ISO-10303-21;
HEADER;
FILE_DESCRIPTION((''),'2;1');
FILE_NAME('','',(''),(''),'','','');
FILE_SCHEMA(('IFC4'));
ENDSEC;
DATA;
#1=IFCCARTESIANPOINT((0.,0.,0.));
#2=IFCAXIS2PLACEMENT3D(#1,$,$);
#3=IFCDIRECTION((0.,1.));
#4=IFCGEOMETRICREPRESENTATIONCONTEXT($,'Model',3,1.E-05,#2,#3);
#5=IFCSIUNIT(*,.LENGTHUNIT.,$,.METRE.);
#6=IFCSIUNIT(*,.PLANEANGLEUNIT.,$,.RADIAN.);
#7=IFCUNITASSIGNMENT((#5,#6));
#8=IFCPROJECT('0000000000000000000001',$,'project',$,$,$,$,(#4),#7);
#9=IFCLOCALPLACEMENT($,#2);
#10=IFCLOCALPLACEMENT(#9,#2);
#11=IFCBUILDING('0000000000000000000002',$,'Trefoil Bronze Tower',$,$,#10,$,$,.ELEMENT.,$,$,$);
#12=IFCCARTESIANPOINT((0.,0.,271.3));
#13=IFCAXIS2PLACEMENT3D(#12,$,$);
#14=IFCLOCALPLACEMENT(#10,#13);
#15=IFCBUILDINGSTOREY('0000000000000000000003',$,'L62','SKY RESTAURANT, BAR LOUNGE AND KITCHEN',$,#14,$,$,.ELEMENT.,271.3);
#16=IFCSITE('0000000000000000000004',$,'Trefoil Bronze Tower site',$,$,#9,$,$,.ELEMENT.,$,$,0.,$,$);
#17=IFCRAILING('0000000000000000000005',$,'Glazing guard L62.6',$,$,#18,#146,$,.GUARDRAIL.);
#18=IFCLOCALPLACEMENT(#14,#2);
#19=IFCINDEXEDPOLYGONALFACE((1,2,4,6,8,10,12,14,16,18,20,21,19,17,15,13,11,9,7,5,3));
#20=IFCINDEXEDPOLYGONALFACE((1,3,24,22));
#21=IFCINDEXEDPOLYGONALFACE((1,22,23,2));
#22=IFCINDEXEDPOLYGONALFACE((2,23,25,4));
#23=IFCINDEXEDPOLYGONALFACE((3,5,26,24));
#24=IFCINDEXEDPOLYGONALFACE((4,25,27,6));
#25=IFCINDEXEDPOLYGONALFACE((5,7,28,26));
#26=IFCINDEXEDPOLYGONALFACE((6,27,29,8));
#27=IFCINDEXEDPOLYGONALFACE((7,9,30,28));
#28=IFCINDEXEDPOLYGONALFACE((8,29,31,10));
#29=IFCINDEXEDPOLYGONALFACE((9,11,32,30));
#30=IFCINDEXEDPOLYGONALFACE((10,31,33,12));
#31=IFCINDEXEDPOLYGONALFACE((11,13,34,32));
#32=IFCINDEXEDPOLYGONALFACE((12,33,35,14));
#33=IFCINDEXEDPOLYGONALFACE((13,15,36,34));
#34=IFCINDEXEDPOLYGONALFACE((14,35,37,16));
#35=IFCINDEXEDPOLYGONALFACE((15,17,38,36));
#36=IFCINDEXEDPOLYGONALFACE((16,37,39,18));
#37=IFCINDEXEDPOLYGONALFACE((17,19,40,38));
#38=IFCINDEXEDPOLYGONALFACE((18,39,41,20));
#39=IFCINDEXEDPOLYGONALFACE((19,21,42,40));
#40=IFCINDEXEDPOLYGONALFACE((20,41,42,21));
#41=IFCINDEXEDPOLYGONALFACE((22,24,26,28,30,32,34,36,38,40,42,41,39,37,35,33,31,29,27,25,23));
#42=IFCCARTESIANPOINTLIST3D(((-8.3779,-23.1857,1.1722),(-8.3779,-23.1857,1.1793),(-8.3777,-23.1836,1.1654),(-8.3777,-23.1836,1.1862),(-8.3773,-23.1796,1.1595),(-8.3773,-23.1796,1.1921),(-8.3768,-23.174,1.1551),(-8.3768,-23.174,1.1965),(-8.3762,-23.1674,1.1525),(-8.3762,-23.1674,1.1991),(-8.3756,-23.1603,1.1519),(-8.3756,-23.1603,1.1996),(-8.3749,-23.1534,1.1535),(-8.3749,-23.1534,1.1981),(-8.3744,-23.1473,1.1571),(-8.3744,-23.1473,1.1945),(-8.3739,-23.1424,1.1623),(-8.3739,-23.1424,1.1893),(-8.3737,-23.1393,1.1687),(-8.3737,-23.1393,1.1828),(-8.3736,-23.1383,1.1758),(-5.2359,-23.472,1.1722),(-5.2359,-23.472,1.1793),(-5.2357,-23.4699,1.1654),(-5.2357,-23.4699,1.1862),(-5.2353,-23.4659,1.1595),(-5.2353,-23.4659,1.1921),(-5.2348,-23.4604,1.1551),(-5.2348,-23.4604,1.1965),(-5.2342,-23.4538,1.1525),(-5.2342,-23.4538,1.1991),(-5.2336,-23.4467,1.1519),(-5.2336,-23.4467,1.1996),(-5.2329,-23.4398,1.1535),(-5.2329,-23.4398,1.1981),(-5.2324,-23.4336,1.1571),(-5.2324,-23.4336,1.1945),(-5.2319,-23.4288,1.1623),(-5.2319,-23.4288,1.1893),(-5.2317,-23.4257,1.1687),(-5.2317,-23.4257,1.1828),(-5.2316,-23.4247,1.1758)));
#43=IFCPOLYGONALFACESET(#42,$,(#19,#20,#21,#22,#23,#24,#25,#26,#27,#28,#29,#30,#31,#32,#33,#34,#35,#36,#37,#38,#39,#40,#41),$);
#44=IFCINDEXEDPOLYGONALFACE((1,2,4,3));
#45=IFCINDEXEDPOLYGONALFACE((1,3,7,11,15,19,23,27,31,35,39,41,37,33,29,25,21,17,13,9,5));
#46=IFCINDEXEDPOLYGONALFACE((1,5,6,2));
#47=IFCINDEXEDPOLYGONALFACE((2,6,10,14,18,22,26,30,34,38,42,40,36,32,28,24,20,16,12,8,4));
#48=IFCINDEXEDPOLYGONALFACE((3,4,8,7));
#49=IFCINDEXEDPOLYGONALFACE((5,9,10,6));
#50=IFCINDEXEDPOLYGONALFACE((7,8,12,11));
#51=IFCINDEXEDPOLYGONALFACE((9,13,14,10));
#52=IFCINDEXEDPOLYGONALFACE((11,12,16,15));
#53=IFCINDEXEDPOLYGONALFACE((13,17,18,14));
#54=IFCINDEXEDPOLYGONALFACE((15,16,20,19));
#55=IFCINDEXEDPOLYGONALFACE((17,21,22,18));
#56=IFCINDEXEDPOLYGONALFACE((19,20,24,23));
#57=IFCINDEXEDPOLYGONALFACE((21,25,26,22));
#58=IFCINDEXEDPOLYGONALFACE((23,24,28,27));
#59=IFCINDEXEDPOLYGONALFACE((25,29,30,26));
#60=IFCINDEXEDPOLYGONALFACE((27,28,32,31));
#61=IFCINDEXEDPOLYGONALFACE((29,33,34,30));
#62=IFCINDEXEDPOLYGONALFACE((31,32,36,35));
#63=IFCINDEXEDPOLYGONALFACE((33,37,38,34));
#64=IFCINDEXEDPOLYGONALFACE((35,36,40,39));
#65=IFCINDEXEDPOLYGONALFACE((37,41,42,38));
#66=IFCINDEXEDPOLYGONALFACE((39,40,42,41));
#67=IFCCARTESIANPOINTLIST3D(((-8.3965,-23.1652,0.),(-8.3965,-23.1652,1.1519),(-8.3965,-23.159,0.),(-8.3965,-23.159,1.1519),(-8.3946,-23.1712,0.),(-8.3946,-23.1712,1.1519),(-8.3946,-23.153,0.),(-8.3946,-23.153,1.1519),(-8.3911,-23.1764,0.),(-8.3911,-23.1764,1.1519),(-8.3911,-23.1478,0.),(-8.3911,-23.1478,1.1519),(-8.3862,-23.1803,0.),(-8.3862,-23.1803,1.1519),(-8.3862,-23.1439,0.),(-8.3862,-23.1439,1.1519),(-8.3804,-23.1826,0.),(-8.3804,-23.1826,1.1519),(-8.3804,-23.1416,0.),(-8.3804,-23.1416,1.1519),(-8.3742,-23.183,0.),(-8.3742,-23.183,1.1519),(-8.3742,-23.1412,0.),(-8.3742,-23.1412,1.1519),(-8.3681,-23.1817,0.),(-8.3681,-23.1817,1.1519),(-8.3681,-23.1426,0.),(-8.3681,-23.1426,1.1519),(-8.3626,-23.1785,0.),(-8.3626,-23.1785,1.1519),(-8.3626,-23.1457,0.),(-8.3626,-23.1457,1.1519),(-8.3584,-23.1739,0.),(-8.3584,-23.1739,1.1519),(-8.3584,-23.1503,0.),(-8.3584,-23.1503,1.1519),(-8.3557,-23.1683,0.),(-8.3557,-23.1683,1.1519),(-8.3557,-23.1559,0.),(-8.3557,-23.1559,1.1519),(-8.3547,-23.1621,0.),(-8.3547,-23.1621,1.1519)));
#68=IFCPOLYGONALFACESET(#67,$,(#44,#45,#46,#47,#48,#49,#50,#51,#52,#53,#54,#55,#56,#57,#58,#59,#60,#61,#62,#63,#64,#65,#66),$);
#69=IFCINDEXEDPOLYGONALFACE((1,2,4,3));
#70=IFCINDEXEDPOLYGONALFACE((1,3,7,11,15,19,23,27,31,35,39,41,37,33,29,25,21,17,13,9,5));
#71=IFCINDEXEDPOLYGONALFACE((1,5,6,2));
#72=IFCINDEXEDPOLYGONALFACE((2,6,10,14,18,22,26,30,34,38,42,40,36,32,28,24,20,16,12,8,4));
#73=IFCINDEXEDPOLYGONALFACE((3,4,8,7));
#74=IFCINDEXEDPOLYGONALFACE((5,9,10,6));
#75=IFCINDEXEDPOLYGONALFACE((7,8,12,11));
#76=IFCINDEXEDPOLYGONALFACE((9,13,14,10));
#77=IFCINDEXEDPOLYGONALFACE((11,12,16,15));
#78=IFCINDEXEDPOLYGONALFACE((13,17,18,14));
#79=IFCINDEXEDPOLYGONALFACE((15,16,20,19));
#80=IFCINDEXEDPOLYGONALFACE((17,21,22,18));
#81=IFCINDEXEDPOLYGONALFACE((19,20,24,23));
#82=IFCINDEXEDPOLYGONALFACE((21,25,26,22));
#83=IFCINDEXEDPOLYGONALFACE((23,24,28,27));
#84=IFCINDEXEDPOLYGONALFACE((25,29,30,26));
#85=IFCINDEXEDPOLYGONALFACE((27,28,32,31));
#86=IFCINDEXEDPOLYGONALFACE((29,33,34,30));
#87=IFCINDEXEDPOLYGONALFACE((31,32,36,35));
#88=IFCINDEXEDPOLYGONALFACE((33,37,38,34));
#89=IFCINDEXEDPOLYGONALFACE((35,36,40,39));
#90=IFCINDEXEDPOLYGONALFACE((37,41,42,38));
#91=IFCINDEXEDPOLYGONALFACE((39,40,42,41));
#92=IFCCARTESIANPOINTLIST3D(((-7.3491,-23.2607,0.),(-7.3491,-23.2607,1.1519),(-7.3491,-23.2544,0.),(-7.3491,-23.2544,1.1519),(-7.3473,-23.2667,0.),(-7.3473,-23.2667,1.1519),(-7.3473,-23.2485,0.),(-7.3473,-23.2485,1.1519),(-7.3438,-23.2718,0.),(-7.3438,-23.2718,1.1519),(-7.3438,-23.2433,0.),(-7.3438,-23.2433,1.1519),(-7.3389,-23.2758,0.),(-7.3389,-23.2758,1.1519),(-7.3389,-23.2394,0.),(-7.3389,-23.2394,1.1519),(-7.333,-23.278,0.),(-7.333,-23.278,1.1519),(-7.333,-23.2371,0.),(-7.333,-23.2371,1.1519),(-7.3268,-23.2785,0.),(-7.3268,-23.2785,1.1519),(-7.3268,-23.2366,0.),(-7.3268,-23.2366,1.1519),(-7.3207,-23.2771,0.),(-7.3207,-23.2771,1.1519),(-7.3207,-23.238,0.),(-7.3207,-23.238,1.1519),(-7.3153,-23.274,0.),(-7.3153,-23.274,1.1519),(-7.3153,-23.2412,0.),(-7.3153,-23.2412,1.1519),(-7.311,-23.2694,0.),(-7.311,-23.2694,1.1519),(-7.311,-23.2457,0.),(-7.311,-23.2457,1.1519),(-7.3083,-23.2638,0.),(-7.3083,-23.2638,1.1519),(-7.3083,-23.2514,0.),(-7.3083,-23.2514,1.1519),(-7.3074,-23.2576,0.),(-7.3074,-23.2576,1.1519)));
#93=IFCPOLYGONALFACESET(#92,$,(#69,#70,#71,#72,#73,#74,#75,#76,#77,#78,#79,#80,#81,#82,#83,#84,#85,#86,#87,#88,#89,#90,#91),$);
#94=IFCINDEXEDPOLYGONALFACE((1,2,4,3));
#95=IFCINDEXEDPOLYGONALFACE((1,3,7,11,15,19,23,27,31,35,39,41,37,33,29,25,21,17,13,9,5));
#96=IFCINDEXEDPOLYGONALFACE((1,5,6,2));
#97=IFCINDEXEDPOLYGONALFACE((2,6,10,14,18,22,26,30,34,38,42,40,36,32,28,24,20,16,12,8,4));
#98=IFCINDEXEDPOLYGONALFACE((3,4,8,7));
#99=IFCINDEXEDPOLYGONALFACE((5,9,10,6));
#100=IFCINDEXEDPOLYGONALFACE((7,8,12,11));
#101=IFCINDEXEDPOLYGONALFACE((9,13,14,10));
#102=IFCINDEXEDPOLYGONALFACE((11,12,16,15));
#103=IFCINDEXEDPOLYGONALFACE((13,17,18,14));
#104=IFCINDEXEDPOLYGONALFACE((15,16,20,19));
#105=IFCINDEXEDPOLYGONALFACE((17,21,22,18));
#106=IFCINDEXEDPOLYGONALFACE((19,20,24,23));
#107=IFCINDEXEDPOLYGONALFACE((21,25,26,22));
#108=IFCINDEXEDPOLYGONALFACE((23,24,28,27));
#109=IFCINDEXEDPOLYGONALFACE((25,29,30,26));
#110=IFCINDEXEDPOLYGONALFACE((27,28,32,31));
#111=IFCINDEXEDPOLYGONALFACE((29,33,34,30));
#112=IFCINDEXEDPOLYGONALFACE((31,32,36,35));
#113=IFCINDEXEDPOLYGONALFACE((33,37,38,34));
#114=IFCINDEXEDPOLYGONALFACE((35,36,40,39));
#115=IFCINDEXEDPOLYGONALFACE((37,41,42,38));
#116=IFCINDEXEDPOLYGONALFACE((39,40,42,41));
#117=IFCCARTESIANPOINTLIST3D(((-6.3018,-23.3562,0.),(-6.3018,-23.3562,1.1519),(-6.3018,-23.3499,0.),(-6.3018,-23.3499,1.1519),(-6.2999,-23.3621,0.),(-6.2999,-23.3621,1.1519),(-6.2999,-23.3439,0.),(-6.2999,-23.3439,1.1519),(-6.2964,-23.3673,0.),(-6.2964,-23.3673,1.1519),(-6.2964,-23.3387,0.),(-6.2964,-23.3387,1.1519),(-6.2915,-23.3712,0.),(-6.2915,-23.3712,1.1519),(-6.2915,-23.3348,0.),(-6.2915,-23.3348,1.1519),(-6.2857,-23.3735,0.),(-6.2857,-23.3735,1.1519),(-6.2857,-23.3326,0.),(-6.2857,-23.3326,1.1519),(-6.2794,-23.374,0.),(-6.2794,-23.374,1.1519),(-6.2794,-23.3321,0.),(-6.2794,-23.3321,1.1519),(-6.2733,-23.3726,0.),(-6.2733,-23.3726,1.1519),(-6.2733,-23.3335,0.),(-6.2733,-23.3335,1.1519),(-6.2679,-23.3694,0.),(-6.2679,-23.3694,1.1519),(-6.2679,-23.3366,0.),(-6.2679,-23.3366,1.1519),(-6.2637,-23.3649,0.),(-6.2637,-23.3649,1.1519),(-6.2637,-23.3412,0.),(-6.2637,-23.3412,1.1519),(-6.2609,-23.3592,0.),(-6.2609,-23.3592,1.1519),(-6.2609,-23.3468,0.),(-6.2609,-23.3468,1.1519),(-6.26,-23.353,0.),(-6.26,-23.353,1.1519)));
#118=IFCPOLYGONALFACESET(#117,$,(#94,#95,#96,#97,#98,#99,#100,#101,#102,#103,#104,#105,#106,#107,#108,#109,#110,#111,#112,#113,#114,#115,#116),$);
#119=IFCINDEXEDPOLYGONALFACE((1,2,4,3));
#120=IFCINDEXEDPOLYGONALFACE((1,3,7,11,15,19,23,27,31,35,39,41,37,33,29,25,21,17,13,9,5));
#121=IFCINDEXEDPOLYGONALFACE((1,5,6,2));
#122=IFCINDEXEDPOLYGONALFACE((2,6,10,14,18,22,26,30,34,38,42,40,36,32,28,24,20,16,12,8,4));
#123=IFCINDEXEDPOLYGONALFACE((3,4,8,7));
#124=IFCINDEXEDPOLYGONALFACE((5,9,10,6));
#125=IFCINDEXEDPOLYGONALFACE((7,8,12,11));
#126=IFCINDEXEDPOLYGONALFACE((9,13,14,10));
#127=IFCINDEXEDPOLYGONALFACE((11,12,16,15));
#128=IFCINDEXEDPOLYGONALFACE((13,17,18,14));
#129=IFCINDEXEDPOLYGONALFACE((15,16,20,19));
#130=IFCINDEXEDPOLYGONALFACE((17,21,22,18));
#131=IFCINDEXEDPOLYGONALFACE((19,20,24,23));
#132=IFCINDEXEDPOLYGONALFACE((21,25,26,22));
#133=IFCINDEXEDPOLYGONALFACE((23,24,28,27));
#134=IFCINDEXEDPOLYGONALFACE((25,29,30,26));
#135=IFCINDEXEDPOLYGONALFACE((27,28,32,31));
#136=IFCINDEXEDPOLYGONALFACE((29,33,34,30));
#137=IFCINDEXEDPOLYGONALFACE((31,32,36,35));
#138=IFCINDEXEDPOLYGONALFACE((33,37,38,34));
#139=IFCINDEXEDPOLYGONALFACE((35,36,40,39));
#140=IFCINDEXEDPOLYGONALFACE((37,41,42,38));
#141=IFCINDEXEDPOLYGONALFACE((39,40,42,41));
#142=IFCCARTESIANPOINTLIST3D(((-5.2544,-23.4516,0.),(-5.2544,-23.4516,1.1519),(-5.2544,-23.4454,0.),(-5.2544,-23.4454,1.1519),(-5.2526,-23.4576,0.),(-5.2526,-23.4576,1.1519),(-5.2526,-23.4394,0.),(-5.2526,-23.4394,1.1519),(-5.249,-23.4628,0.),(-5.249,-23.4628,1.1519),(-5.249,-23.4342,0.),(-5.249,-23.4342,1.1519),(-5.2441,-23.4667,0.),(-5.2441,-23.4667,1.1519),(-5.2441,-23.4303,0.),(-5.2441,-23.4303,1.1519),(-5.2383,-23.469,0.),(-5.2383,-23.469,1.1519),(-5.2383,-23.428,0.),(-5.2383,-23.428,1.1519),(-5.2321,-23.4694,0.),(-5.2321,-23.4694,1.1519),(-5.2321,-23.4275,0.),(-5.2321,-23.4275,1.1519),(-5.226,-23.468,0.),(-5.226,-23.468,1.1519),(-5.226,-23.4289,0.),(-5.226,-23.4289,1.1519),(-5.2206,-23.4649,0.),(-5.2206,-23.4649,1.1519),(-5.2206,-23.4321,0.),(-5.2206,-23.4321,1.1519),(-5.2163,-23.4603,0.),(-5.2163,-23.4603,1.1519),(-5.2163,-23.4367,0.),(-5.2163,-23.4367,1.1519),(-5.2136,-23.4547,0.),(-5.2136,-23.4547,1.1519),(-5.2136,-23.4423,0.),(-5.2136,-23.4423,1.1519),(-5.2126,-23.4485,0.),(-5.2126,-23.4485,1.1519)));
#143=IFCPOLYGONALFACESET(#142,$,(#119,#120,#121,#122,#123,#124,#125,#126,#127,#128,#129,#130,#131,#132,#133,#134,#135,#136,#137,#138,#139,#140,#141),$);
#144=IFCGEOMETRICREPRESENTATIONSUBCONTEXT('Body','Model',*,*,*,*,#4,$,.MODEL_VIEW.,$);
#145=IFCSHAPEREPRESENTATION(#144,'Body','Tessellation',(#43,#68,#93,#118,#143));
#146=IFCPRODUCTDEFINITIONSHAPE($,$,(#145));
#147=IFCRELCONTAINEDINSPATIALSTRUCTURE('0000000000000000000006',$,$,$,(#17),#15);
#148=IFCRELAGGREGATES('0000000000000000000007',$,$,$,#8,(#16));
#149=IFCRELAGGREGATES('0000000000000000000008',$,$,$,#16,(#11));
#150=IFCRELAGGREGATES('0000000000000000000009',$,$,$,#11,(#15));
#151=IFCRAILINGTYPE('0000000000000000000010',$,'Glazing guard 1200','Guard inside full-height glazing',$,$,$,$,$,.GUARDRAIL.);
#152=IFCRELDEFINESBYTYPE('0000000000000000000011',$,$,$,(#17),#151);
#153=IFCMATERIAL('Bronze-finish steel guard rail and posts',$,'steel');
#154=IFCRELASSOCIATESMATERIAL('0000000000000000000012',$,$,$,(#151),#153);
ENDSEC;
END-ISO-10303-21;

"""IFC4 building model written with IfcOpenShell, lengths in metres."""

from ifc_helpers import new_model, si_unit, direction, frame, origin, origin_2d, place, context, subcontext, project, spatial, circle, extrude, material, type_object, element, save


model = new_model("IFC4")

# Units and contexts
model_context = context("Model", 3, precision=1e-05, world=origin(), true_north=direction((0.0, 1.0)))
body_context = subcontext(model_context, "Body", "Model", "MODEL_VIEW")
ifc_project = project(units=[si_unit("LENGTHUNIT", "METRE"), si_unit("PLANEANGLEUNIT", "RADIAN")], contexts=[model_context])

# Site, building, storey
site_placement = place(None, origin())
site = spatial("IfcSite", under=ifc_project, at=site_placement, Name="Trefoil Bronze Tower site", CompositionType="ELEMENT", RefElevation=0.0)
building_placement = place(site_placement, origin())
building = spatial("IfcBuilding", under=site, at=building_placement, Name="Trefoil Bronze Tower", CompositionType="ELEMENT")
storey_placement = place(building_placement, frame((0.0, 0.0, 271.3)))
storey = spatial("IfcBuildingStorey", under=building, at=storey_placement, Name="L62", Description="SKY RESTAURANT, BAR LOUNGE AND KITCHEN", CompositionType="ELEMENT", Elevation=271.3)

# Railing
ifc_material_1 = material(Name="Bronze-finish steel guard rail and posts", Category="steel")
railing_type = type_object("IfcRailingType", Name="Glazing guard 1200", Description="Guard inside full-height glazing", PredefinedType="GUARDRAIL", material=ifc_material_1)
railing_1_placement = place(storey_placement, frame((-8.3757, -23.1621, 0.0)))
element("IfcRailing", 1, at=railing_1_placement, inside=storey, type_object=railing_type, Name="Glazing guard L62.6", PredefinedType="GUARDRAIL", context=body_context, shape_type="SweptSolid", body=[
    extrude(circle(Radius=0.0239, at=origin_2d()), frame((0.0, 0.0, 1.1758), z_axis=(0.995872, -0.090766, 0.0), x_axis=(0.090766, 0.995872, 0.0)), (0.0, 0.0, 1.0), 3.155),
    extrude(circle(Radius=0.021, at=origin_2d()), origin(), (0.0, 0.0, 1.0), 1.1519),
    extrude(circle(Radius=0.021, at=origin_2d()), frame((1.0474, -0.0955, 0.0)), (0.0, 0.0, 1.0), 1.1519),
    extrude(circle(Radius=0.021, at=origin_2d()), frame((2.0947, -0.1909, 0.0)), (0.0, 0.0, 1.0), 1.1519),
    extrude(circle(Radius=0.021, at=origin_2d()), frame((3.1421, -0.2864, 0.0)), (0.0, 0.0, 1.0), 1.1519),
])

save(model, "model.ifc")
